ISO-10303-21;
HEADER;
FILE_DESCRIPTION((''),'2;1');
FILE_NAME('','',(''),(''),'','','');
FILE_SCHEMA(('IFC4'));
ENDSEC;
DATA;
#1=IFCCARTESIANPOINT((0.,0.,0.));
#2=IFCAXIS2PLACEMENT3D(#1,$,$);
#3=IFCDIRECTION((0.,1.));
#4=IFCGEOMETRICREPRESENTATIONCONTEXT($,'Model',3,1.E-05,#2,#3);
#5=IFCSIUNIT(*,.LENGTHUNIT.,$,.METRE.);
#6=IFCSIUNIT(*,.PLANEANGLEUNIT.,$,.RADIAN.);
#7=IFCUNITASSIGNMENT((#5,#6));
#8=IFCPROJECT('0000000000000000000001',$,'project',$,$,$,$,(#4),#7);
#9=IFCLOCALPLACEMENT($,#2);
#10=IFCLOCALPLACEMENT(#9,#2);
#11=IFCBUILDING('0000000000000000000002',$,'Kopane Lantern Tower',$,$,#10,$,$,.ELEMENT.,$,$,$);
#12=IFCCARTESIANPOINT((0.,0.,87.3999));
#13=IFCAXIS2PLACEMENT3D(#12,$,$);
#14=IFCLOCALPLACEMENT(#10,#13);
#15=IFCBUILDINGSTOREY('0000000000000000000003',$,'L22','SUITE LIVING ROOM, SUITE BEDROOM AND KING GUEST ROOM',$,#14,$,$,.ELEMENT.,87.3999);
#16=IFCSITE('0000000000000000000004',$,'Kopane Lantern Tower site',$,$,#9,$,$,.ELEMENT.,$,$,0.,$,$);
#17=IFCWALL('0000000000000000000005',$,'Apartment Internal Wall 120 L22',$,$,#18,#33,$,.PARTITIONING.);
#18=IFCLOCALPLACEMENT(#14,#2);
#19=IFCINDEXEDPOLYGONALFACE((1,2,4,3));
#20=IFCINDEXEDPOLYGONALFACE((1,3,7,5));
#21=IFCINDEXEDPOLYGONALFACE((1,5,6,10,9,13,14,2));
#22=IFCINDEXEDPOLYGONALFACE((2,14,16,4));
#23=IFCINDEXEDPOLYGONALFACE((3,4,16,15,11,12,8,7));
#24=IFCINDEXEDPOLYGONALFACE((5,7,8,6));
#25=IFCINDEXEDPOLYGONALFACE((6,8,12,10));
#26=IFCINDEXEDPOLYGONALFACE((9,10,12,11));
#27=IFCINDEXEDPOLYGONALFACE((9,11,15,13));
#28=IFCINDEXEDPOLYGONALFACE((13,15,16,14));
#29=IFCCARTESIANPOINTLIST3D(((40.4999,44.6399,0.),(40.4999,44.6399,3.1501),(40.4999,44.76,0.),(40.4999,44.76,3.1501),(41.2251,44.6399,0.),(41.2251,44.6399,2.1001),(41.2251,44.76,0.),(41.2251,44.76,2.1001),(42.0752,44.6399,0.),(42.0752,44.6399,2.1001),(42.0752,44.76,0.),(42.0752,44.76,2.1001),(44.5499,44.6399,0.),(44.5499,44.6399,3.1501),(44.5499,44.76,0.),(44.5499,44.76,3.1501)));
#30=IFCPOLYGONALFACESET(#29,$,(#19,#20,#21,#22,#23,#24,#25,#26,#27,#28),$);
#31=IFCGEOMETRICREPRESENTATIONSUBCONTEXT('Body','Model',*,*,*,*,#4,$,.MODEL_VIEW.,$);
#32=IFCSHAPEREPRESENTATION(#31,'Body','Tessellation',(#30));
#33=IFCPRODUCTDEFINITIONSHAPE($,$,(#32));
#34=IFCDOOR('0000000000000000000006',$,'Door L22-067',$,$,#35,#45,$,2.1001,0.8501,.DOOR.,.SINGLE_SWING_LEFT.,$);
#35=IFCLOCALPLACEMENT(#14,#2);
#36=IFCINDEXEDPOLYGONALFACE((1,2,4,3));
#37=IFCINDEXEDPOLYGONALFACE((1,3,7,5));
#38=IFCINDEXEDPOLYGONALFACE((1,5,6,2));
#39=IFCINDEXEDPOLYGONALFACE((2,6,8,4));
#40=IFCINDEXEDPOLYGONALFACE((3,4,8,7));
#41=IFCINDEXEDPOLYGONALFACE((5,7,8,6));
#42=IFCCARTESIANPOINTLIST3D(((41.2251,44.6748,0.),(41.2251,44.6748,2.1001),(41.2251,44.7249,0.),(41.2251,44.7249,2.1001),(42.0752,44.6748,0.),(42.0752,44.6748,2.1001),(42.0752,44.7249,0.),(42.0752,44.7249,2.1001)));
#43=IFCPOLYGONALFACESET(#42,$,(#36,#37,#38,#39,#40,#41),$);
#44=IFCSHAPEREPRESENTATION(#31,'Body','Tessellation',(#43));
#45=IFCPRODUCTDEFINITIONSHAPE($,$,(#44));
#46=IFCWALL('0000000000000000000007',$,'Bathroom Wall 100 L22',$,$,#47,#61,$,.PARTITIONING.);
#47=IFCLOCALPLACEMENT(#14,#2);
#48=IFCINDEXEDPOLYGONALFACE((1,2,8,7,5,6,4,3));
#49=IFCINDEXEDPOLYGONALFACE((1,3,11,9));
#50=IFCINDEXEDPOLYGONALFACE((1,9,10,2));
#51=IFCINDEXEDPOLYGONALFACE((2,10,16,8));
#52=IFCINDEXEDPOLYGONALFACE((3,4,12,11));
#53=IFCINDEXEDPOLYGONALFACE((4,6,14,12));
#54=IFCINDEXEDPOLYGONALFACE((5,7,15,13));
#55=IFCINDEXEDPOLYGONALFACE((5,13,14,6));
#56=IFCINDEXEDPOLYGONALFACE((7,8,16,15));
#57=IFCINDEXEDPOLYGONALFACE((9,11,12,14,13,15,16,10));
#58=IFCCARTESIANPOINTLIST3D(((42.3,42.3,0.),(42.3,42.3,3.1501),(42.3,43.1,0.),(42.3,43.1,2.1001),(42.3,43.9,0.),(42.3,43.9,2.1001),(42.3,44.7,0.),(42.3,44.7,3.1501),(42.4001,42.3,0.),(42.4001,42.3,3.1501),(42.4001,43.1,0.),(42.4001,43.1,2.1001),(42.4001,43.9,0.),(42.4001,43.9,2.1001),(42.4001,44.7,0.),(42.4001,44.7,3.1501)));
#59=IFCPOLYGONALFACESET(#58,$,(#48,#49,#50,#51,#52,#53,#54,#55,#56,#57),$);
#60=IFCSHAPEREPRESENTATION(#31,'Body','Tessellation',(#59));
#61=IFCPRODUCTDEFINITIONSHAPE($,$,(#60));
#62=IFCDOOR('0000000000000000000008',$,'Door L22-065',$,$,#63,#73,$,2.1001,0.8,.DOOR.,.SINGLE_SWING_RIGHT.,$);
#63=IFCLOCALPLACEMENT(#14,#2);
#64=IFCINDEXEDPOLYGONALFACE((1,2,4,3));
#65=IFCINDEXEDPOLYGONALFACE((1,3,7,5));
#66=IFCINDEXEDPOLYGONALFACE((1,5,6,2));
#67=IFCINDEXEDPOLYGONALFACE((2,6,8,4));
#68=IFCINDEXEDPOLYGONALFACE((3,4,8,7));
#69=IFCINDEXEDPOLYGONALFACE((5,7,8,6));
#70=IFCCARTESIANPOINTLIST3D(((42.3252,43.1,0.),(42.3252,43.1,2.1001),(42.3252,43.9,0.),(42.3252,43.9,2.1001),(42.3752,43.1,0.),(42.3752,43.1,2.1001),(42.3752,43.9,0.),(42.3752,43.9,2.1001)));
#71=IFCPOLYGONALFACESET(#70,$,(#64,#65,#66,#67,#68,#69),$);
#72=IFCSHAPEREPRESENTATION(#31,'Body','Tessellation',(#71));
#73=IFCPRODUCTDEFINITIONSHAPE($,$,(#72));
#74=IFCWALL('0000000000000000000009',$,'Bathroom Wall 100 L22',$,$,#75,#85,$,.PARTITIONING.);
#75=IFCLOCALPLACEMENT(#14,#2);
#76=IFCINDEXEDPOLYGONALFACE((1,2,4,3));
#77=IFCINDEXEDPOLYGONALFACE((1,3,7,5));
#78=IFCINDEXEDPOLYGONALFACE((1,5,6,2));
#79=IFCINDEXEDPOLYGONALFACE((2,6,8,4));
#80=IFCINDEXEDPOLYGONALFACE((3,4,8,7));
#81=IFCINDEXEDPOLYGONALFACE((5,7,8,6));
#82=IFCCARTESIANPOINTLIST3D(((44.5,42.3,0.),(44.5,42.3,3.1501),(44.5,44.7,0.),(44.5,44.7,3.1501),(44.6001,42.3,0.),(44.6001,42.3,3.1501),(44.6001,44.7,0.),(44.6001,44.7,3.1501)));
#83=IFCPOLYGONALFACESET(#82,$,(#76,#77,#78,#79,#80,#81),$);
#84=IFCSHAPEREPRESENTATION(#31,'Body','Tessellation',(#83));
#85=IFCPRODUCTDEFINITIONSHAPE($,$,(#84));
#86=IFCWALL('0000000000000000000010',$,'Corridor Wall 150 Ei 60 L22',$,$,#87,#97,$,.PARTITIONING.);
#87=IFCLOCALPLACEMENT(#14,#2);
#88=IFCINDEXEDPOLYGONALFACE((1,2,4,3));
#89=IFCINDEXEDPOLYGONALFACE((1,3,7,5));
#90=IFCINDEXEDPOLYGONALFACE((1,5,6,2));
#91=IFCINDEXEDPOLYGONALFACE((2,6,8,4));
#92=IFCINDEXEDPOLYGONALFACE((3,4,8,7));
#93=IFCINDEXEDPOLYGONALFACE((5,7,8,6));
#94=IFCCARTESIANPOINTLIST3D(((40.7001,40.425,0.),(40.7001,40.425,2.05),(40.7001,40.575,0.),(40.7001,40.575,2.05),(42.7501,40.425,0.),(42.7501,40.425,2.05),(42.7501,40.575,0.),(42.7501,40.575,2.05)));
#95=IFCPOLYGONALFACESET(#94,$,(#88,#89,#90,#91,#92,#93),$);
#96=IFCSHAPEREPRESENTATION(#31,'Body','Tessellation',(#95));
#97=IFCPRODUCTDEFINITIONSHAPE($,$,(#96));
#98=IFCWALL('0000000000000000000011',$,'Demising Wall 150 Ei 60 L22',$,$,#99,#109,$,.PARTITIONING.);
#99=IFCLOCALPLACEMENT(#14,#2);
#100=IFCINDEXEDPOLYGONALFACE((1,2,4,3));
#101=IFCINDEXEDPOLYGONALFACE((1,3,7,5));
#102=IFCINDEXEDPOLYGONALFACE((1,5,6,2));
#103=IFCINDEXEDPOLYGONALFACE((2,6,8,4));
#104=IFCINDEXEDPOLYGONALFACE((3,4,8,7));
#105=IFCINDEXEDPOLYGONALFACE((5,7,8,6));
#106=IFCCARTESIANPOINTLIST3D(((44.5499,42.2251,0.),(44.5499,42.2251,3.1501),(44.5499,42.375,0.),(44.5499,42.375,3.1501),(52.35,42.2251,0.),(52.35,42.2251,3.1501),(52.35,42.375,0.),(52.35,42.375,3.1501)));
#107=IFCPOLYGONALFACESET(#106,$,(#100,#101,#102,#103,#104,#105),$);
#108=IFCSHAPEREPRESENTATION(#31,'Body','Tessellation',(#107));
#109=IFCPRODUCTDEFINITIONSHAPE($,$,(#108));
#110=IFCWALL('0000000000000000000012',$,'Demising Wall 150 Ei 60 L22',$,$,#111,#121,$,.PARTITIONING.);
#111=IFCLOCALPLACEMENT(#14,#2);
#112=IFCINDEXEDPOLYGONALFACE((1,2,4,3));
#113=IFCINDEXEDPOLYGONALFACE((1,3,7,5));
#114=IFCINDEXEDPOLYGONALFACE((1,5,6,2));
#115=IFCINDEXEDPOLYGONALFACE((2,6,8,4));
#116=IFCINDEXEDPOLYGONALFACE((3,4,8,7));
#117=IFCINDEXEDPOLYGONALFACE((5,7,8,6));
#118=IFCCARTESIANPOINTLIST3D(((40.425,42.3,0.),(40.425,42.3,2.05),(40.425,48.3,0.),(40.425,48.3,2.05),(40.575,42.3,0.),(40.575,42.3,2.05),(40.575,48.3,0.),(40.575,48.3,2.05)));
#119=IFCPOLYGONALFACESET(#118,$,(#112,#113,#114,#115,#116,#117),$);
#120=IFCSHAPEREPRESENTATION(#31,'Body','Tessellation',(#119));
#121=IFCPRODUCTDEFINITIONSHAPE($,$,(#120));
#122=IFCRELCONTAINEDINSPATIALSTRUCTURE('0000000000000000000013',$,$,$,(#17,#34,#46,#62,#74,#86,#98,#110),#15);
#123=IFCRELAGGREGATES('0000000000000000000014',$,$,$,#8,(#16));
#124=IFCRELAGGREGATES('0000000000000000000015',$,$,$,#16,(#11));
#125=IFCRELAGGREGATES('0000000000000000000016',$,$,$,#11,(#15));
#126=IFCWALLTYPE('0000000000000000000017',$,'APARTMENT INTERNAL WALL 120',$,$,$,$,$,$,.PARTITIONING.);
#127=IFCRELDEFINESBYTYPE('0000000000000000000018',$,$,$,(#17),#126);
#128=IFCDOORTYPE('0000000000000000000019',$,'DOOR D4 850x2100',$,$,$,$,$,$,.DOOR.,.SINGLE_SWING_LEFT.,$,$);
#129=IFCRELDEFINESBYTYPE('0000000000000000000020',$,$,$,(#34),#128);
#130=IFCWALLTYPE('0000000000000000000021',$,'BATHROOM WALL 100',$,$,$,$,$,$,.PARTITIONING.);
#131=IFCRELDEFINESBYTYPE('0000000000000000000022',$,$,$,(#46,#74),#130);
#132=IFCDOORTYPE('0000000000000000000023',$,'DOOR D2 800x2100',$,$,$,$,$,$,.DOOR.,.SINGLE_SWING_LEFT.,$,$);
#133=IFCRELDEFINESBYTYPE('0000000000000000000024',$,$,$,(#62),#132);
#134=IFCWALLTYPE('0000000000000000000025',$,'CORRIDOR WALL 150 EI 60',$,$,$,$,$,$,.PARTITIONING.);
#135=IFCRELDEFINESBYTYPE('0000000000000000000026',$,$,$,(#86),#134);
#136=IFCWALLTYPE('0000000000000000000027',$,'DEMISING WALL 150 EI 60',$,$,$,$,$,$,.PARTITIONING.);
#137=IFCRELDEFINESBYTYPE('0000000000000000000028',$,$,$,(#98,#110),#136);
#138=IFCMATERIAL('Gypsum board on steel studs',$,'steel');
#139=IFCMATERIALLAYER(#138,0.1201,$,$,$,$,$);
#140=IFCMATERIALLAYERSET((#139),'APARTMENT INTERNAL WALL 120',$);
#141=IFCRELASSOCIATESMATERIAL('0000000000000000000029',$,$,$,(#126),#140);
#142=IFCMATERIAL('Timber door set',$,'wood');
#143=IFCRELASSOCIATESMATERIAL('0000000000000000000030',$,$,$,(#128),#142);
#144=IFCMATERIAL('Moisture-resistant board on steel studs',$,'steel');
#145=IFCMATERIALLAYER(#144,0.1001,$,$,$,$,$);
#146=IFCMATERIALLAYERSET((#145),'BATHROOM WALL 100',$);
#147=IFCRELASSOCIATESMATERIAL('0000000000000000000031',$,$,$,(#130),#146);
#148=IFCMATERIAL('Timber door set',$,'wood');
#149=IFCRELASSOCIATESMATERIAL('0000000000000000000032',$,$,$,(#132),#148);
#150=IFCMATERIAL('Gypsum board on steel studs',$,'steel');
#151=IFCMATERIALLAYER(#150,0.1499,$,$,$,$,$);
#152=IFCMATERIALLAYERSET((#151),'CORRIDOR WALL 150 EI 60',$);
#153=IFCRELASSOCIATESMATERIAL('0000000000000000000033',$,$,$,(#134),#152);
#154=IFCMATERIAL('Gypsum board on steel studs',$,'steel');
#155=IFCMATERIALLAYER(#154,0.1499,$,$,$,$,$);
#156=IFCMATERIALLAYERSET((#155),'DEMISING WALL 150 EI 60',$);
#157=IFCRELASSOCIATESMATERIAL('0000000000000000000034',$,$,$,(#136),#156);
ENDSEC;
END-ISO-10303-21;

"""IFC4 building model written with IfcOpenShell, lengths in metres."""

from ifc_helpers import new_model, si_unit, direction, frame, frame_2d, origin, place, context, subcontext, project, spatial, rectangle, extrude, material, layer, layer_set, type_object, element, fill, save


model = new_model("IFC4")

# Units and contexts
model_context = context("Model", 3, precision=1e-05, world=origin(), true_north=direction((0.0, 1.0)))
body_context = subcontext(model_context, "Body", "Model", "MODEL_VIEW")
ifc_project = project(units=[si_unit("LENGTHUNIT", "METRE"), si_unit("PLANEANGLEUNIT", "RADIAN")], contexts=[model_context])

# Site, building, storey
site_placement = place(None, origin())
site = spatial("IfcSite", under=ifc_project, at=site_placement, Name="Kopane Lantern Tower site", CompositionType="ELEMENT", RefElevation=0.0)
building_placement = place(site_placement, origin())
building = spatial("IfcBuilding", under=site, at=building_placement, Name="Kopane Lantern Tower", CompositionType="ELEMENT")
storey_placement = place(building_placement, frame((0.0, 0.0, 87.3999)))
storey = spatial("IfcBuildingStorey", under=building, at=storey_placement, Name="L22", Description="SUITE LIVING ROOM, SUITE BEDROOM AND KING GUEST ROOM", CompositionType="ELEMENT", Elevation=87.3999)

# Walls, openings, doors
ifc_material_1 = material(Name="Gypsum board on steel studs", Category="steel")
ifc_layer_1 = layer(ifc_material_1, 0.1201)
ifc_layer_set_1 = layer_set([ifc_layer_1], Name="APARTMENT INTERNAL WALL 120")
wall_type_1 = type_object("IfcWallType", Name="APARTMENT INTERNAL WALL 120", PredefinedType="PARTITIONING", material=ifc_layer_set_1)
wall_1_placement = place(storey_placement, frame((40.5, 44.7, 0.0), z_axis=(0.0, 0.0, 1.0), x_axis=(1.0, 0.0, 0.0)))
wall_1 = element("IfcWall", 1, at=wall_1_placement, inside=storey, type_object=wall_type_1, Name="Apartment Internal Wall 120 L22", PredefinedType="PARTITIONING", context=body_context, shape_type="SweptSolid", body=[
    extrude(rectangle(XDim=4.05, YDim=0.1201, at=frame_2d((2.0249, 0.0))), origin(), (0.0, 0.0, 1.0), 3.1501),
])
opening_1_placement = place(wall_1_placement, frame((0.7251, 0.0, 0.0)))
opening_1 = element("IfcOpeningElement", 2, at=opening_1_placement, cuts=wall_1, PredefinedType="OPENING", context=body_context, shape_type="SweptSolid", body=[
    extrude(rectangle(XDim=0.8501, YDim=2.1001, at=frame_2d((0.425, 1.05))), frame((0.0, 0.0701, 0.0), z_axis=(0.0, -1.0, 0.0), x_axis=(1.0, 0.0, 0.0)), (0.0, 0.0, 1.0), 0.1401),
])
ifc_material_2 = material(Name="Timber door set", Category="wood")
door_type_1 = type_object("IfcDoorType", Name="DOOR D4 850x2100", OperationType="SINGLE_SWING_LEFT", PredefinedType="DOOR", material=ifc_material_2)
door_1_placement = place(opening_1_placement, origin())
door_1 = element("IfcDoor", 3, at=door_1_placement, inside=storey, type_object=door_type_1, Name="Door L22-067", OperationType="SINGLE_SWING_LEFT", OverallHeight=2.1001, OverallWidth=0.8501, PredefinedType="DOOR", context=body_context, shape_type="SweptSolid", body=[
    extrude(rectangle(XDim=0.8501, YDim=2.1001, at=frame_2d((0.425, 1.05))), frame((0.0, 0.0249, 0.0), z_axis=(0.0, -1.0, 0.0), x_axis=(1.0, 0.0, 0.0)), (0.0, 0.0, 1.0), 0.05),
])
fill(opening_1, door_1)
ifc_material_3 = material(Name="Moisture-resistant board on steel studs", Category="steel")
ifc_layer_2 = layer(ifc_material_3, 0.1001)
ifc_layer_set_2 = layer_set([ifc_layer_2], Name="BATHROOM WALL 100")
wall_type_2 = type_object("IfcWallType", Name="BATHROOM WALL 100", PredefinedType="PARTITIONING", material=ifc_layer_set_2)
wall_2_placement = place(storey_placement, frame((42.3501, 42.3, 0.0), z_axis=(0.0, 0.0, 1.0), x_axis=(0.0, 1.0, 0.0)))
wall_2 = element("IfcWall", 4, at=wall_2_placement, inside=storey, type_object=wall_type_2, Name="Bathroom Wall 100 L22", PredefinedType="PARTITIONING", context=body_context, shape_type="SweptSolid", body=[
    extrude(rectangle(XDim=2.3999, YDim=0.1001, at=frame_2d((1.2, 0.0))), origin(), (0.0, 0.0, 1.0), 3.1501),
])
opening_2_placement = place(wall_2_placement, frame((0.8, 0.0, 0.0)))
opening_2 = element("IfcOpeningElement", 5, at=opening_2_placement, cuts=wall_2, PredefinedType="OPENING", context=body_context, shape_type="SweptSolid", body=[
    extrude(rectangle(XDim=0.8, YDim=2.1001, at=frame_2d((0.3999, 1.05))), frame((0.0, 0.0601, 0.0), z_axis=(0.0, -1.0, 0.0), x_axis=(1.0, 0.0, 0.0)), (0.0, 0.0, 1.0), 0.1201),
])
ifc_material_4 = material(Name="Timber door set", Category="wood")
door_type_2 = type_object("IfcDoorType", Name="DOOR D2 800x2100", OperationType="SINGLE_SWING_LEFT", PredefinedType="DOOR", material=ifc_material_4)
door_2_placement = place(opening_2_placement, origin())
door_2 = element("IfcDoor", 6, at=door_2_placement, inside=storey, type_object=door_type_2, Name="Door L22-065", OperationType="SINGLE_SWING_RIGHT", OverallHeight=2.1001, OverallWidth=0.8, PredefinedType="DOOR", context=body_context, shape_type="SweptSolid", body=[
    extrude(rectangle(XDim=0.8, YDim=2.1001, at=frame_2d((0.3999, 1.05))), frame((0.0, 0.0249, 0.0), z_axis=(0.0, -1.0, 0.0), x_axis=(1.0, 0.0, 0.0)), (0.0, 0.0, 1.0), 0.05),
])
fill(opening_2, door_2)

# Walls
wall_3_placement = place(storey_placement, frame((44.55, 42.3, 0.0), z_axis=(0.0, 0.0, 1.0), x_axis=(0.0, 1.0, 0.0)))
element("IfcWall", 7, at=wall_3_placement, inside=storey, type_object=wall_type_2, Name="Bathroom Wall 100 L22", PredefinedType="PARTITIONING", context=body_context, shape_type="SweptSolid", body=[
    extrude(rectangle(XDim=2.3999, YDim=0.1001, at=frame_2d((1.2, 0.0))), origin(), (0.0, 0.0, 1.0), 3.1501),
])
ifc_material_5 = material(Name="Gypsum board on steel studs", Category="steel")
ifc_layer_3 = layer(ifc_material_5, 0.1499)
ifc_layer_set_3 = layer_set([ifc_layer_3], Name="CORRIDOR WALL 150 EI 60")
wall_type_3 = type_object("IfcWallType", Name="CORRIDOR WALL 150 EI 60", PredefinedType="PARTITIONING", material=ifc_layer_set_3)
wall_4_placement = place(storey_placement, frame((42.75, 40.5, 0.0), z_axis=(0.0, 0.0, 1.0), x_axis=(-1.0, 0.0, 0.0)))
element("IfcWall", 8, at=wall_4_placement, inside=storey, type_object=wall_type_3, Name="Corridor Wall 150 Ei 60 L22", PredefinedType="PARTITIONING", context=body_context, shape_type="SweptSolid", body=[
    extrude(rectangle(XDim=2.05, YDim=0.1499, at=frame_2d((1.0249, 0.0))), origin(), (0.0, 0.0, 1.0), 2.05),
])
ifc_material_6 = material(Name="Gypsum board on steel studs", Category="steel")
ifc_layer_4 = layer(ifc_material_6, 0.1499)
ifc_layer_set_4 = layer_set([ifc_layer_4], Name="DEMISING WALL 150 EI 60")
wall_type_4 = type_object("IfcWallType", Name="DEMISING WALL 150 EI 60", PredefinedType="PARTITIONING", material=ifc_layer_set_4)
wall_5_placement = place(storey_placement, frame((44.55, 42.3, 0.0), z_axis=(0.0, 0.0, 1.0), x_axis=(1.0, 0.0, 0.0)))
element("IfcWall", 9, at=wall_5_placement, inside=storey, type_object=wall_type_4, Name="Demising Wall 150 Ei 60 L22", PredefinedType="PARTITIONING", context=body_context, shape_type="SweptSolid", body=[
    extrude(rectangle(XDim=7.8, YDim=0.1499, at=frame_2d((3.8999, 0.0))), origin(), (0.0, 0.0, 1.0), 3.1501),
])
wall_6_placement = place(storey_placement, frame((40.5, 42.3, 0.0), z_axis=(0.0, 0.0, 1.0), x_axis=(0.0, 1.0, 0.0)))
element("IfcWall", 10, at=wall_6_placement, inside=storey, type_object=wall_type_4, Name="Demising Wall 150 Ei 60 L22", PredefinedType="PARTITIONING", context=body_context, shape_type="SweptSolid", body=[
    extrude(rectangle(XDim=6.0, YDim=0.1499, at=frame_2d((3.0, 0.0))), origin(), (0.0, 0.0, 1.0), 2.05),
])

save(model, "model.ifc")
